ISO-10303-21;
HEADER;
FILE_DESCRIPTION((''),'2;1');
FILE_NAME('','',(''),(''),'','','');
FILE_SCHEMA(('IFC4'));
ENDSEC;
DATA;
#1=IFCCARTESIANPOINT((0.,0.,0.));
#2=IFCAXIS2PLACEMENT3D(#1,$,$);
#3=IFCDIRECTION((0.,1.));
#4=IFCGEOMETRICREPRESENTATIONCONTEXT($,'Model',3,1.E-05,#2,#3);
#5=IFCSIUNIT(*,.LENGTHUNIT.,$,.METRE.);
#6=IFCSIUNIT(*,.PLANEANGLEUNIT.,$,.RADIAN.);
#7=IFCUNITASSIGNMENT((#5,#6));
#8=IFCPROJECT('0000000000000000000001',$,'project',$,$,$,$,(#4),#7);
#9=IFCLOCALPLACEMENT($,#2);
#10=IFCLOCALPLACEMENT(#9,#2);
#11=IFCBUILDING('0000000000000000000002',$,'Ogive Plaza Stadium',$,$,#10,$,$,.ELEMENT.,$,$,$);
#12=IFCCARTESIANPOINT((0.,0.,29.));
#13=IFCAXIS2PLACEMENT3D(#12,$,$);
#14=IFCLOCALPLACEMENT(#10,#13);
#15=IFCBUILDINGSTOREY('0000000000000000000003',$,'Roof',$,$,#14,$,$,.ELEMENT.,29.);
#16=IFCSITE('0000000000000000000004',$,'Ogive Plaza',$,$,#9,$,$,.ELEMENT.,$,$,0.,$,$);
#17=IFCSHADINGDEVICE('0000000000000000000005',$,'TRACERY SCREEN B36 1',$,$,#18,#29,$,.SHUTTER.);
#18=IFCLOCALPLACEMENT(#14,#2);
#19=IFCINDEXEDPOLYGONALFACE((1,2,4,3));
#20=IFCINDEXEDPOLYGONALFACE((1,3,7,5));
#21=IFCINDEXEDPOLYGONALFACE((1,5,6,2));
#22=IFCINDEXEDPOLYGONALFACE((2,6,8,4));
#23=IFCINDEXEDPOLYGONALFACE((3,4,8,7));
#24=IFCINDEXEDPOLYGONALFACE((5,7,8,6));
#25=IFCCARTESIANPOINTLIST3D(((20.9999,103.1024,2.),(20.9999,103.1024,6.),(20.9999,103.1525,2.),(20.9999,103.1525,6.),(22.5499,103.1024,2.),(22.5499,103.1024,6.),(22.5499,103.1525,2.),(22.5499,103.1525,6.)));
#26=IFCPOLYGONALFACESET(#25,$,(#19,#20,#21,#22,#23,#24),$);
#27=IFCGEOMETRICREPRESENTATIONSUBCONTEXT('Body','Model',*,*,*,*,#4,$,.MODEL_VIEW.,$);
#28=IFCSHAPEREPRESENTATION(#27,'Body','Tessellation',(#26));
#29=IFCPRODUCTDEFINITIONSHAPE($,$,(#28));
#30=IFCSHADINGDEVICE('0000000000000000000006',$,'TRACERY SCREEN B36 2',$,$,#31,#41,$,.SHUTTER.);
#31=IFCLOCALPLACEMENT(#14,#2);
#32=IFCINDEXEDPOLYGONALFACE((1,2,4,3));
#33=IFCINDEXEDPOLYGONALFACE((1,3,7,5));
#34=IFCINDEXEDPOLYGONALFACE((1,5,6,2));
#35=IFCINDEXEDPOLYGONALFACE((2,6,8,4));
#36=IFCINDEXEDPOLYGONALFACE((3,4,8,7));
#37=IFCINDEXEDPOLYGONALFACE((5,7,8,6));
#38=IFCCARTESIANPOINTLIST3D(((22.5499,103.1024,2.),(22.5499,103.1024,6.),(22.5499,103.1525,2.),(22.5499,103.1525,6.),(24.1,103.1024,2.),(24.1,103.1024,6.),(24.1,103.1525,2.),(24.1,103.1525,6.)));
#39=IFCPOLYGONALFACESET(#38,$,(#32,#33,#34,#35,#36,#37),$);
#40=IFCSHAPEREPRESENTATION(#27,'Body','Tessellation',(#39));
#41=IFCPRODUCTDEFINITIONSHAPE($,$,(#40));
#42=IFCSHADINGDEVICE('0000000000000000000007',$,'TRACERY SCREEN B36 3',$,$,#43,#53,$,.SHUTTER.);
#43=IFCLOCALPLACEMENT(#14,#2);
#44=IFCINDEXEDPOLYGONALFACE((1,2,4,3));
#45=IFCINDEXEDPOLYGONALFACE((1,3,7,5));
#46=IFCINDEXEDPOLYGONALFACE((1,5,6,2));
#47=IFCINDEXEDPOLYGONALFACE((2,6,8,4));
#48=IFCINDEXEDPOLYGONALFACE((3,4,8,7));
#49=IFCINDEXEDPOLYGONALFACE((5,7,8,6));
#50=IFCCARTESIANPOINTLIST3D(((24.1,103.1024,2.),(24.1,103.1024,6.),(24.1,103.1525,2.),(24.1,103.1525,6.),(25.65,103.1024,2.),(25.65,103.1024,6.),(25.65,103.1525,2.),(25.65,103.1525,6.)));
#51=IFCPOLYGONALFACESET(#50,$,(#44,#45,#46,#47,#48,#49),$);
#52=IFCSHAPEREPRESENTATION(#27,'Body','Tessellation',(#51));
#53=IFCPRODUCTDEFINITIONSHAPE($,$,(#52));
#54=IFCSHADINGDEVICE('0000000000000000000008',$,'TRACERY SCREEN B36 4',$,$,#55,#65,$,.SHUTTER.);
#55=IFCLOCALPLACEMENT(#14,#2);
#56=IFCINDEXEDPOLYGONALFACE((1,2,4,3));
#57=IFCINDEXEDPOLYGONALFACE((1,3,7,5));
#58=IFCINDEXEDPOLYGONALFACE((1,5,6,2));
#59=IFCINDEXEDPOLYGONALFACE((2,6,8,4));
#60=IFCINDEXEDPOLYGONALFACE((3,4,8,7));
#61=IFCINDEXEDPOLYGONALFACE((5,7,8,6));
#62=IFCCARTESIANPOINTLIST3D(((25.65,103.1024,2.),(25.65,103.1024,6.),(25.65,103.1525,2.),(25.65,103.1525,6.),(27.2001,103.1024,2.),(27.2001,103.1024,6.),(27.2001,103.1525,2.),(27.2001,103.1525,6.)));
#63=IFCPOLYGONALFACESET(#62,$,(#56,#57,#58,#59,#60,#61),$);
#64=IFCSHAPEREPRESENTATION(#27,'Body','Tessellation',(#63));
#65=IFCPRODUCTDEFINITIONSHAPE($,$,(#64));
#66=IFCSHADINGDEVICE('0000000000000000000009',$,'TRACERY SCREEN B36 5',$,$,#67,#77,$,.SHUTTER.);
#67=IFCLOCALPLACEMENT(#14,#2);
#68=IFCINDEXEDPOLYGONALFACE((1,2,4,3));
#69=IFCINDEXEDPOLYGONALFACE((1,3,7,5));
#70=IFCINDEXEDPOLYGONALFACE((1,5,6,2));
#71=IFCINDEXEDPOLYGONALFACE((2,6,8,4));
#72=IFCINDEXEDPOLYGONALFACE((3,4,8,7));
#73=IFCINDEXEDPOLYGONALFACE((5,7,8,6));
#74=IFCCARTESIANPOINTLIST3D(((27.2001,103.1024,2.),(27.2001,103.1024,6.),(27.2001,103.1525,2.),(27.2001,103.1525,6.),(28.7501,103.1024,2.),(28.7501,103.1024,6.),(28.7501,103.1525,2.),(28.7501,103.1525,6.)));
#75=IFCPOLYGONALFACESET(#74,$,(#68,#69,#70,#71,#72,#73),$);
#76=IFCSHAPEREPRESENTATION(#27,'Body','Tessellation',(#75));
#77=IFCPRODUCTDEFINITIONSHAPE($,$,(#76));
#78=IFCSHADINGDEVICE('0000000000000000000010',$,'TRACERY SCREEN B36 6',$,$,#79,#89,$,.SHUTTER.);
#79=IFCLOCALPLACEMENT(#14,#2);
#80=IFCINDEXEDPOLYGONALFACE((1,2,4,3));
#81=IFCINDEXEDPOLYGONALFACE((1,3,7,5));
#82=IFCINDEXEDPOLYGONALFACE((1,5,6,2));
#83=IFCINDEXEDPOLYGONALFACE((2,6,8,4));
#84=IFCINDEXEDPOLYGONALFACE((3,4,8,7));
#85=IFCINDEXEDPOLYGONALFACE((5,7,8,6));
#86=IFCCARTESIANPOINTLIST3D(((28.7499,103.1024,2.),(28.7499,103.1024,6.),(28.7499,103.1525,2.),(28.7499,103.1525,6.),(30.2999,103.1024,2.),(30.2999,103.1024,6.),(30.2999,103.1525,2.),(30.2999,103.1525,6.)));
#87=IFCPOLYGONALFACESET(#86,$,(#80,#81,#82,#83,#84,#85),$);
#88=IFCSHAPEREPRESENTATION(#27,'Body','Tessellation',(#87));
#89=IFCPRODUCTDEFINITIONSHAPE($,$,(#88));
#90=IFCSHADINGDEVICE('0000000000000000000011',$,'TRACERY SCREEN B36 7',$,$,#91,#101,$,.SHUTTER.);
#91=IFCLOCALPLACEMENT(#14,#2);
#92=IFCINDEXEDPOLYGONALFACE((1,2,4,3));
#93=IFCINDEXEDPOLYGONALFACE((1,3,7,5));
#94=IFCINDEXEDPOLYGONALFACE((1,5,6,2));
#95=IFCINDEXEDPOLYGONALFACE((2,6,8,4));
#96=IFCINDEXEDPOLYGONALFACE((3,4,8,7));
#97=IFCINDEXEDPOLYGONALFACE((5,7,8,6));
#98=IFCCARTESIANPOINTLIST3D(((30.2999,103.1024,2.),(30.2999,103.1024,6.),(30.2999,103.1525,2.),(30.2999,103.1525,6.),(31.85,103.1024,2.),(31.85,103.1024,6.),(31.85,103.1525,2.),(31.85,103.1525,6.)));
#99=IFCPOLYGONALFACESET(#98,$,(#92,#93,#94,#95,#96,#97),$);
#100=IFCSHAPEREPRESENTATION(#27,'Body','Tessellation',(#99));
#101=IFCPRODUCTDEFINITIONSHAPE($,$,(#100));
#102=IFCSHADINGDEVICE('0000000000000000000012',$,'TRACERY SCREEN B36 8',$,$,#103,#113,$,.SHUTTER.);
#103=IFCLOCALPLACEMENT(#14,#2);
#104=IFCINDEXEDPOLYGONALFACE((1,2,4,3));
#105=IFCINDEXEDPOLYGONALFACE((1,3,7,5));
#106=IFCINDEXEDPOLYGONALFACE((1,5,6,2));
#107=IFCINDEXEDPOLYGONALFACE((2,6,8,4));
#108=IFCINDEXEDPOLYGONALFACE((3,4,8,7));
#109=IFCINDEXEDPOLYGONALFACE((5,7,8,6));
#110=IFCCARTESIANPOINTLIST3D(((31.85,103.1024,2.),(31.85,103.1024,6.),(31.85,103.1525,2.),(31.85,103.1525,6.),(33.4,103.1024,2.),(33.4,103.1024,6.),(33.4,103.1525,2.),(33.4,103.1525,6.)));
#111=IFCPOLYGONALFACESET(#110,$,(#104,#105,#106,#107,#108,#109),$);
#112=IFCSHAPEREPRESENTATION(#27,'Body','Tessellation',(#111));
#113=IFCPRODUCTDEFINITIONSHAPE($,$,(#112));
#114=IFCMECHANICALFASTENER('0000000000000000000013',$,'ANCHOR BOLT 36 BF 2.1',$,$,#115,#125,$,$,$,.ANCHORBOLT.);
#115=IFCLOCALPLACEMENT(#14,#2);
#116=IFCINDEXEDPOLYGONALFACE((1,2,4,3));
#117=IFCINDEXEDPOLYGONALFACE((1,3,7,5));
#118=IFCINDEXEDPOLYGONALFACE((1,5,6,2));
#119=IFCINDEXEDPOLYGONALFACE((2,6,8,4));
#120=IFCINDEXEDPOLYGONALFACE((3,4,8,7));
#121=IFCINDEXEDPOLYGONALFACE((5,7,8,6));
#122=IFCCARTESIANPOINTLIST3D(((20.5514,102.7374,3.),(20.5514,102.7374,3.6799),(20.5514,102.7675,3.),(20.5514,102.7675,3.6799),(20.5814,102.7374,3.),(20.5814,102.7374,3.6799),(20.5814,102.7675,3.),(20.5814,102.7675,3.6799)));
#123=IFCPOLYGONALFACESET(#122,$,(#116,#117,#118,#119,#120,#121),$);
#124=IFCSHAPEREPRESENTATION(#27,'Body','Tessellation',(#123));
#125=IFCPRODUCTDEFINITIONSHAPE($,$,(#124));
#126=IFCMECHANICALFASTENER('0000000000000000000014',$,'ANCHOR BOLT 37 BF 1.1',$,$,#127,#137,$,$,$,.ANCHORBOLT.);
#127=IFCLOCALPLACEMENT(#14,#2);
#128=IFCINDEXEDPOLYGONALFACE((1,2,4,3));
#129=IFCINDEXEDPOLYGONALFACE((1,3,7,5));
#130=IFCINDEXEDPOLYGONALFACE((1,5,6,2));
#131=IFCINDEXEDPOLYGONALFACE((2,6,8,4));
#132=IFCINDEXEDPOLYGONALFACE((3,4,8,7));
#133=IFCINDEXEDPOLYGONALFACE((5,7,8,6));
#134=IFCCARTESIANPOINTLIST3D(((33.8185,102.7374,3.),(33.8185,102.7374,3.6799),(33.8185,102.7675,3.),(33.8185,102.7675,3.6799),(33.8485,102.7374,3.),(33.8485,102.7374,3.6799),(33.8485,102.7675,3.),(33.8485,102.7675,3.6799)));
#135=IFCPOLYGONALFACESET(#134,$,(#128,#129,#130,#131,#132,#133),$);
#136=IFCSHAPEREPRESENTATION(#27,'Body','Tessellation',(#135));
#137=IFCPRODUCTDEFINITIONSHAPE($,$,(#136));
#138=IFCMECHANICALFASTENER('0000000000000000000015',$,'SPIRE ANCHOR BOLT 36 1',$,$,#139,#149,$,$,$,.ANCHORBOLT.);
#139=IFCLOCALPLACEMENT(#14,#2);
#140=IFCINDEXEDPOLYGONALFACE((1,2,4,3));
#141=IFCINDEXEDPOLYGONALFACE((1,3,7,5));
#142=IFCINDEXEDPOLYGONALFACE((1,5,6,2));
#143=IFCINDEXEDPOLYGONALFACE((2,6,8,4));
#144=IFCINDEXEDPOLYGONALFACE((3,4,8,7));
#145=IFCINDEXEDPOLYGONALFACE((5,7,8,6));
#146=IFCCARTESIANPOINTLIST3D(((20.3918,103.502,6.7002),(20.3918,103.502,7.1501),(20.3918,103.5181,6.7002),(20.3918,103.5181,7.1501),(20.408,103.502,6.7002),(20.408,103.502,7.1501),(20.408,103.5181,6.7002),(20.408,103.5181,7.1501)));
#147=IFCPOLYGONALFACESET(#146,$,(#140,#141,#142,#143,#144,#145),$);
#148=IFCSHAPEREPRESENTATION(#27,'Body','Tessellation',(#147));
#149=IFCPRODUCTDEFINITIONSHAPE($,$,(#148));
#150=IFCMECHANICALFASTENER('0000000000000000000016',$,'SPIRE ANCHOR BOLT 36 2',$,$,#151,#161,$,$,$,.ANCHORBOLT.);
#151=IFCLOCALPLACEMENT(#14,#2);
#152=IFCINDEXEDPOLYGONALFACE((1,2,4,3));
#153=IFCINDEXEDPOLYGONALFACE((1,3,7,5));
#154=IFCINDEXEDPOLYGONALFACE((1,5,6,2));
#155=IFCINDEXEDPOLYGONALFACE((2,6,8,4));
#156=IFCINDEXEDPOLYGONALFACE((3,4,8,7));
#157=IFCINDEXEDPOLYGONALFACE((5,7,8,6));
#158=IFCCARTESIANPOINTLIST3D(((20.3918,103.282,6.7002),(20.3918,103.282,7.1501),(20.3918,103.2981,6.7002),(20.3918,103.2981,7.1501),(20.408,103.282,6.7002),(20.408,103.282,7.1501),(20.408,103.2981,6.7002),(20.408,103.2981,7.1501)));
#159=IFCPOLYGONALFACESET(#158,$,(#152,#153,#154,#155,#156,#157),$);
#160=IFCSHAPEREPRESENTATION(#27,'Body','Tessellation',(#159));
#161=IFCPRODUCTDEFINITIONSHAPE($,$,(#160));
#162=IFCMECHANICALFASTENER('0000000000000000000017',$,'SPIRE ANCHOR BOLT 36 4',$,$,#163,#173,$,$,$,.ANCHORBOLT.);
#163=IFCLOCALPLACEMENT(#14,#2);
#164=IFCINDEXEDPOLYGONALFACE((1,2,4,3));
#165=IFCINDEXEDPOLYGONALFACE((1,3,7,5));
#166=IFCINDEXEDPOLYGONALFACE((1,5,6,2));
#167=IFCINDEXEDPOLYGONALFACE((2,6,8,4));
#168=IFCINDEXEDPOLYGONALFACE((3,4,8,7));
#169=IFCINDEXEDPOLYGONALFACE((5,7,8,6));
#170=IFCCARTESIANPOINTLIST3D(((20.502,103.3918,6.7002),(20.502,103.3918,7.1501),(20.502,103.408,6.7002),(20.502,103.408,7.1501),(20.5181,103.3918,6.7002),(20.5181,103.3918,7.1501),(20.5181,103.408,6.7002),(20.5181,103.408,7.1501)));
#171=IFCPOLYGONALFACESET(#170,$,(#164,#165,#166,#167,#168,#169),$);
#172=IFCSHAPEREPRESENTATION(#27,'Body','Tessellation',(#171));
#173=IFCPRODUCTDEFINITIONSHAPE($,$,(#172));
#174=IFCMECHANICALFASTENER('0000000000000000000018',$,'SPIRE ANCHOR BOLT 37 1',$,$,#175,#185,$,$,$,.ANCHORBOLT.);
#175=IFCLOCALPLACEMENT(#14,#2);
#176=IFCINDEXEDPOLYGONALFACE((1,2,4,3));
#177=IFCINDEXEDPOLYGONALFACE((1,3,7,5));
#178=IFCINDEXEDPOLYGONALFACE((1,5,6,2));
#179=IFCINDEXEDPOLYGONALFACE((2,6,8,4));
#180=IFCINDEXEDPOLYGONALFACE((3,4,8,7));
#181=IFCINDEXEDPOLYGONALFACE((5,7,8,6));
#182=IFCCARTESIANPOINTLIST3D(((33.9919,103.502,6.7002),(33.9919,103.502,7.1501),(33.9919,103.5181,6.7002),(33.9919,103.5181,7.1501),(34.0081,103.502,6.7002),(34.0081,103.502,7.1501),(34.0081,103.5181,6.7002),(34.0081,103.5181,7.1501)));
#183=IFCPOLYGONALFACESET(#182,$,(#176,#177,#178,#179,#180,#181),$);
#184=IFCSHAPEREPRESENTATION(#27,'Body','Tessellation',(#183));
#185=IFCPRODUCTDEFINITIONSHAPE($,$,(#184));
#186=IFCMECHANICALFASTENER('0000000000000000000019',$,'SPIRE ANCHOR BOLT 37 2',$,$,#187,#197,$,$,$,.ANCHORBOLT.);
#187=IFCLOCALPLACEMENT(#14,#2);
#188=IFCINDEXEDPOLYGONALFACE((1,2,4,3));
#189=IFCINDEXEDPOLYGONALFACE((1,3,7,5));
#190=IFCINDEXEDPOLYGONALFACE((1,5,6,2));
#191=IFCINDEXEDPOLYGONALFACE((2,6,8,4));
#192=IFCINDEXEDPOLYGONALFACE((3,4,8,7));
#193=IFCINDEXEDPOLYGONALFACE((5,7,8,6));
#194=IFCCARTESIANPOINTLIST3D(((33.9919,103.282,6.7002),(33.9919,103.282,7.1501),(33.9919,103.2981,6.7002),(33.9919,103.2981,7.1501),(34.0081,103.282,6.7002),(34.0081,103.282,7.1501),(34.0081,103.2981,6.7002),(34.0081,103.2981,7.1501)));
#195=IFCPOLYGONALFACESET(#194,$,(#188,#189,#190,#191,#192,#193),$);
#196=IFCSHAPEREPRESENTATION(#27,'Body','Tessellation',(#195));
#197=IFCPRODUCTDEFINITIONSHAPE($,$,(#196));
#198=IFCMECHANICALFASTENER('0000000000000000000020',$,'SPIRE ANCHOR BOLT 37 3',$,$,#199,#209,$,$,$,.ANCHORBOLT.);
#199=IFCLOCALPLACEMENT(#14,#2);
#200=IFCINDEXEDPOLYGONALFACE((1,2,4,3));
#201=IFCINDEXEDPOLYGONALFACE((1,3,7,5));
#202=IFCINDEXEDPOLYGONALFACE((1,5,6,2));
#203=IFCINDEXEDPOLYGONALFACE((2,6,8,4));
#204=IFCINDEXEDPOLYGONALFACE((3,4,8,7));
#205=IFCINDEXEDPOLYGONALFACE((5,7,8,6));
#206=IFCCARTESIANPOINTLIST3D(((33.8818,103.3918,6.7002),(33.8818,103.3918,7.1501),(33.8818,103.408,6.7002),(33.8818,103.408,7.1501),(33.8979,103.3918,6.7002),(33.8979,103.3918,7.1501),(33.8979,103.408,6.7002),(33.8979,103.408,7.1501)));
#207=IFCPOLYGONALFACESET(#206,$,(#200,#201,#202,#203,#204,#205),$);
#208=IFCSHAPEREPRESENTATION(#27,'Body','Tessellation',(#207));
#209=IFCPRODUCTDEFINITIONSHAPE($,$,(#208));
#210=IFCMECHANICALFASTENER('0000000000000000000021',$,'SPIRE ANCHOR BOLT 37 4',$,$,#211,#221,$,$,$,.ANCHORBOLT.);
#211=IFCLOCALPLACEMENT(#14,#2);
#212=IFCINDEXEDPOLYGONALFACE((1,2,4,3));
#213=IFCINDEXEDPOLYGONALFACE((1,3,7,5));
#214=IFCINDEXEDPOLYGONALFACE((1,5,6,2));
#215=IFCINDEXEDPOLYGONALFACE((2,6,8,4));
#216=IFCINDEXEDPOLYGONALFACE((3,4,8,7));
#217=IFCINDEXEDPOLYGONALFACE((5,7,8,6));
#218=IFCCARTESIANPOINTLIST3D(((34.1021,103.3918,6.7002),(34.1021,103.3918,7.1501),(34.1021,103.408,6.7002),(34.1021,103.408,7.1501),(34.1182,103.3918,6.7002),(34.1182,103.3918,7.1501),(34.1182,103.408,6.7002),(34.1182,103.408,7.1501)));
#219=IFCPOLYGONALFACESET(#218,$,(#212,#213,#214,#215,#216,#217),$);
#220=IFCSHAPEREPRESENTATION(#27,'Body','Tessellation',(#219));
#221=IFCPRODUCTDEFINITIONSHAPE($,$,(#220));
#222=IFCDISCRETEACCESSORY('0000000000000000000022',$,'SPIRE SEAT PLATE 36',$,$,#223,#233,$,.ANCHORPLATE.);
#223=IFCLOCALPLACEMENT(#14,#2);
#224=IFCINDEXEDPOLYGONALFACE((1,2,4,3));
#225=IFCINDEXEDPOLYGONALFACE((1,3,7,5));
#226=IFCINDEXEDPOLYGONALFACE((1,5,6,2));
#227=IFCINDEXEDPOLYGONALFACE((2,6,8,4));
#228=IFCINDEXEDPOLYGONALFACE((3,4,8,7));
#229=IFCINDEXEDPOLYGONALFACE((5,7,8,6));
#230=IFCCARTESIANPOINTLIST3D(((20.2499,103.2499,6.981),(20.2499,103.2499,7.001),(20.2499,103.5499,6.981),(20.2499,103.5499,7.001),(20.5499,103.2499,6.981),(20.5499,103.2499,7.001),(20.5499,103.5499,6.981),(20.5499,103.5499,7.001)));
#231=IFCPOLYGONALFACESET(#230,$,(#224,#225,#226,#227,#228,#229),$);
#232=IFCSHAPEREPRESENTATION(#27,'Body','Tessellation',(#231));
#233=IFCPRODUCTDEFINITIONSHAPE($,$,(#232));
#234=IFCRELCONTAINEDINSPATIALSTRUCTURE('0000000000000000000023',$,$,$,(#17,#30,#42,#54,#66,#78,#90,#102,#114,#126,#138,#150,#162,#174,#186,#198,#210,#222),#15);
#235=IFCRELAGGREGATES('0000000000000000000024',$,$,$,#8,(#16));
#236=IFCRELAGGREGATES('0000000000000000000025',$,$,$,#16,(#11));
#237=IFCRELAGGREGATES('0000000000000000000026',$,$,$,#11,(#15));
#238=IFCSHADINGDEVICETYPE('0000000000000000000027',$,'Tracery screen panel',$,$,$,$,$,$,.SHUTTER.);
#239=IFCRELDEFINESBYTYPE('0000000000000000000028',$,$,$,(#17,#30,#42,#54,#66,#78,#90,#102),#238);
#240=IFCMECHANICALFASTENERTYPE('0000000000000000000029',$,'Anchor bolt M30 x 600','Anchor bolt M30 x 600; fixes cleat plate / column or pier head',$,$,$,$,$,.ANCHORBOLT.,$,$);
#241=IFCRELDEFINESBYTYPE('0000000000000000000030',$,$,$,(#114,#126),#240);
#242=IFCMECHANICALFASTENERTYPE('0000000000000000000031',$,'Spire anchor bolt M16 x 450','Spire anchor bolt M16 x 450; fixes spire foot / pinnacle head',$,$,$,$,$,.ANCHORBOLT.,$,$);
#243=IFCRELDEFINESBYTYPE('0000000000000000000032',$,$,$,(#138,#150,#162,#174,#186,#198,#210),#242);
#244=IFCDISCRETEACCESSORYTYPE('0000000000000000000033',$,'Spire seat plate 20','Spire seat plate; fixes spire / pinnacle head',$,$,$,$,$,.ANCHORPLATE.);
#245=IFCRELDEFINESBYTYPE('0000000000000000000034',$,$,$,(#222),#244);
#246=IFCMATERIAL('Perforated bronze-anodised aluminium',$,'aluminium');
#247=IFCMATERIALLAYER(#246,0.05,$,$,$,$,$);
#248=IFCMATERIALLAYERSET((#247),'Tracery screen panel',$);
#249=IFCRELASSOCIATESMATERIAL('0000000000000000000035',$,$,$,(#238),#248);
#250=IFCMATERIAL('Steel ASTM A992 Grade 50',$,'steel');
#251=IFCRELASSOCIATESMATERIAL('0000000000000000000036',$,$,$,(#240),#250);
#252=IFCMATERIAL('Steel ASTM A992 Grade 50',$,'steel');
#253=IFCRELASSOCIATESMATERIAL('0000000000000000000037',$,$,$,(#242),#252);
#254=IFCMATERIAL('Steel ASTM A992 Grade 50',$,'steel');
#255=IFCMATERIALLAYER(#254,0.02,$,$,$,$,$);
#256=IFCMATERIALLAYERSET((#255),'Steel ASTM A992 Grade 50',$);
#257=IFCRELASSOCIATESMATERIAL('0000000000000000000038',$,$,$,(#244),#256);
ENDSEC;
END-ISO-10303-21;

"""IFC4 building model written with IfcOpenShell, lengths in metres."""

from ifc_helpers import new_model, si_unit, direction, frame, origin, origin_2d, place, context, subcontext, project, spatial, rectangle, extrude, material, layer, layer_set, type_object, element, save


model = new_model("IFC4")

# Units and contexts
model_context = context("Model", 3, precision=1e-05, world=origin(), true_north=direction((0.0, 1.0)))
body_context = subcontext(model_context, "Body", "Model", "MODEL_VIEW")
ifc_project = project(units=[si_unit("LENGTHUNIT", "METRE"), si_unit("PLANEANGLEUNIT", "RADIAN")], contexts=[model_context])

# Site, building, storey
site_placement = place(None, origin())
site = spatial("IfcSite", under=ifc_project, at=site_placement, Name="Ogive Plaza", CompositionType="ELEMENT", RefElevation=0.0)
building_placement = place(site_placement, origin())
building = spatial("IfcBuilding", under=site, at=building_placement, Name="Ogive Plaza Stadium", CompositionType="ELEMENT")
storey_placement = place(building_placement, frame((0.0, 0.0, 29.0)))
storey = spatial("IfcBuildingStorey", under=building, at=storey_placement, Name="Roof", CompositionType="ELEMENT", Elevation=29.0)

# Shading devices
ifc_material_1 = material(Name="Perforated bronze-anodised aluminium", Category="aluminium")
ifc_layer_1 = layer(ifc_material_1, 0.05)
ifc_layer_set_1 = layer_set([ifc_layer_1], Name="Tracery screen panel")
shading_device_type = type_object("IfcShadingDeviceType", Name="Tracery screen panel", PredefinedType="SHUTTER", material=ifc_layer_set_1)
for number, where, z_axis, x_axis, name in (
    (1, (21.7749, 103.1274, 2.0), (0.0, 0.0, 1.0), (1.0, 0.0, 0.0), "TRACERY SCREEN B36 1"),
    (2, (23.325, 103.1274, 2.0), (0.0, 0.0, 1.0), (1.0, 0.0, 0.0), "TRACERY SCREEN B36 2"),
    (3, (24.875, 103.1274, 2.0), (0.0, 0.0, 1.0), (1.0, 0.0, 0.0), "TRACERY SCREEN B36 3"),
    (4, (26.425, 103.1274, 2.0), (0.0, 0.0, 1.0), (1.0, 0.0, 0.0), "TRACERY SCREEN B36 4"),
    (5, (27.9751, 103.1274, 2.0), (0.0, 0.0, 1.0), (1.0, 0.0, 0.0), "TRACERY SCREEN B36 5"),
    (6, (29.5249, 103.1274, 2.0), (0.0, 0.0, 1.0), (1.0, 0.0, 0.0), "TRACERY SCREEN B36 6"),
    (7, (31.075, 103.1274, 2.0), (0.0, 0.0, 1.0), (1.0, 0.0, 0.0), "TRACERY SCREEN B36 7"),
    (8, (32.625, 103.1274, 2.0), (0.0, 0.0, 1.0), (1.0, 0.0, 0.0), "TRACERY SCREEN B36 8"),
):
    element("IfcShadingDevice", number, at=place(storey_placement, frame(where, z_axis=z_axis, x_axis=x_axis)), inside=storey, type_object=shading_device_type, Name=name, PredefinedType="SHUTTER", context=body_context, shape_type="SweptSolid", body=[
        extrude(rectangle(XDim=1.55, YDim=0.05, at=origin_2d()), origin(), (0.0, 0.0, 1.0), 4.0),
    ])

# Mechanical fasteners
ifc_material_2 = material(Name="Steel ASTM A992 Grade 50", Category="steel")
mechanical_fastener_type_1 = type_object("IfcMechanicalFastenerType", Name="Anchor bolt M30 x 600", Description="Anchor bolt M30 x 600; fixes cleat plate / column or pier head", PredefinedType="ANCHORBOLT", material=ifc_material_2)
for number, where, z_axis, x_axis, name in (
    (9, (20.5664, 102.7524, 3.0), (0.0, 0.0, 1.0), (0.0, 1.0, 0.0), "ANCHOR BOLT 36 BF 2.1"),
    (10, (33.8335, 102.7524, 3.0), (0.0, 0.0, 1.0), (0.0, 1.0, 0.0), "ANCHOR BOLT 37 BF 1.1"),
):
    element("IfcMechanicalFastener", number, at=place(storey_placement, frame(where, z_axis=z_axis, x_axis=x_axis)), inside=storey, type_object=mechanical_fastener_type_1, Name=name, PredefinedType="ANCHORBOLT", context=body_context, shape_type="SweptSolid", body=[
        extrude(rectangle(XDim=0.03, YDim=0.03, at=origin_2d()), origin(), (0.0, 0.0, 1.0), 0.6799),
    ])
ifc_material_3 = material(Name="Steel ASTM A992 Grade 50", Category="steel")
mechanical_fastener_type_2 = type_object("IfcMechanicalFastenerType", Name="Spire anchor bolt M16 x 450", Description="Spire anchor bolt M16 x 450; fixes spire foot / pinnacle head", PredefinedType="ANCHORBOLT", material=ifc_material_3)
for number, where, z_axis, x_axis, name in (
    (11, (20.3999, 103.51, 6.7002), (0.0, 0.0, 1.0), (0.0, 1.0, 0.0), "SPIRE ANCHOR BOLT 36 1"),
    (12, (20.3999, 103.29, 6.7002), (0.0, 0.0, 1.0), (0.0, 1.0, 0.0), "SPIRE ANCHOR BOLT 36 2"),
    (13, (20.51, 103.3999, 6.7002), (0.0, 0.0, 1.0), (0.0, 1.0, 0.0), "SPIRE ANCHOR BOLT 36 4"),
    (14, (34.0, 103.51, 6.7002), (0.0, 0.0, 1.0), (0.0, 1.0, 0.0), "SPIRE ANCHOR BOLT 37 1"),
    (15, (34.0, 103.29, 6.7002), (0.0, 0.0, 1.0), (0.0, 1.0, 0.0), "SPIRE ANCHOR BOLT 37 2"),
    (16, (33.8899, 103.3999, 6.7002), (0.0, 0.0, 1.0), (0.0, 1.0, 0.0), "SPIRE ANCHOR BOLT 37 3"),
    (17, (34.1101, 103.3999, 6.7002), (0.0, 0.0, 1.0), (0.0, 1.0, 0.0), "SPIRE ANCHOR BOLT 37 4"),
):
    element("IfcMechanicalFastener", number, at=place(storey_placement, frame(where, z_axis=z_axis, x_axis=x_axis)), inside=storey, type_object=mechanical_fastener_type_2, Name=name, PredefinedType="ANCHORBOLT", context=body_context, shape_type="SweptSolid", body=[
        extrude(rectangle(XDim=0.0161, YDim=0.0161, at=origin_2d()), origin(), (0.0, 0.0, 1.0), 0.45),
    ])

# Discrete accessory
ifc_material_4 = material(Name="Steel ASTM A992 Grade 50", Category="steel")
ifc_layer_2 = layer(ifc_material_4, 0.02)
ifc_layer_set_2 = layer_set([ifc_layer_2], Name="Steel ASTM A992 Grade 50")
discrete_accessory_type_1 = type_object("IfcDiscreteAccessoryType", Name="Spire seat plate 20", Description="Spire seat plate; fixes spire / pinnacle head", PredefinedType="ANCHORPLATE", material=ifc_layer_set_2)
for number, where, z_axis, x_axis, name in (
    (18, (20.3999, 103.3999, 6.981), (0.0, 0.0, 1.0), (0.0, 1.0, 0.0), "SPIRE SEAT PLATE 36"),
):
    element("IfcDiscreteAccessory", number, at=place(storey_placement, frame(where, z_axis=z_axis, x_axis=x_axis)), inside=storey, type_object=discrete_accessory_type_1, Name=name, PredefinedType="ANCHORPLATE", context=body_context, shape_type="SweptSolid", body=[
        extrude(rectangle(XDim=0.3, YDim=0.3, at=origin_2d()), origin(), (0.0, 0.0, 1.0), 0.02),
    ])

save(model, "model.ifc")
